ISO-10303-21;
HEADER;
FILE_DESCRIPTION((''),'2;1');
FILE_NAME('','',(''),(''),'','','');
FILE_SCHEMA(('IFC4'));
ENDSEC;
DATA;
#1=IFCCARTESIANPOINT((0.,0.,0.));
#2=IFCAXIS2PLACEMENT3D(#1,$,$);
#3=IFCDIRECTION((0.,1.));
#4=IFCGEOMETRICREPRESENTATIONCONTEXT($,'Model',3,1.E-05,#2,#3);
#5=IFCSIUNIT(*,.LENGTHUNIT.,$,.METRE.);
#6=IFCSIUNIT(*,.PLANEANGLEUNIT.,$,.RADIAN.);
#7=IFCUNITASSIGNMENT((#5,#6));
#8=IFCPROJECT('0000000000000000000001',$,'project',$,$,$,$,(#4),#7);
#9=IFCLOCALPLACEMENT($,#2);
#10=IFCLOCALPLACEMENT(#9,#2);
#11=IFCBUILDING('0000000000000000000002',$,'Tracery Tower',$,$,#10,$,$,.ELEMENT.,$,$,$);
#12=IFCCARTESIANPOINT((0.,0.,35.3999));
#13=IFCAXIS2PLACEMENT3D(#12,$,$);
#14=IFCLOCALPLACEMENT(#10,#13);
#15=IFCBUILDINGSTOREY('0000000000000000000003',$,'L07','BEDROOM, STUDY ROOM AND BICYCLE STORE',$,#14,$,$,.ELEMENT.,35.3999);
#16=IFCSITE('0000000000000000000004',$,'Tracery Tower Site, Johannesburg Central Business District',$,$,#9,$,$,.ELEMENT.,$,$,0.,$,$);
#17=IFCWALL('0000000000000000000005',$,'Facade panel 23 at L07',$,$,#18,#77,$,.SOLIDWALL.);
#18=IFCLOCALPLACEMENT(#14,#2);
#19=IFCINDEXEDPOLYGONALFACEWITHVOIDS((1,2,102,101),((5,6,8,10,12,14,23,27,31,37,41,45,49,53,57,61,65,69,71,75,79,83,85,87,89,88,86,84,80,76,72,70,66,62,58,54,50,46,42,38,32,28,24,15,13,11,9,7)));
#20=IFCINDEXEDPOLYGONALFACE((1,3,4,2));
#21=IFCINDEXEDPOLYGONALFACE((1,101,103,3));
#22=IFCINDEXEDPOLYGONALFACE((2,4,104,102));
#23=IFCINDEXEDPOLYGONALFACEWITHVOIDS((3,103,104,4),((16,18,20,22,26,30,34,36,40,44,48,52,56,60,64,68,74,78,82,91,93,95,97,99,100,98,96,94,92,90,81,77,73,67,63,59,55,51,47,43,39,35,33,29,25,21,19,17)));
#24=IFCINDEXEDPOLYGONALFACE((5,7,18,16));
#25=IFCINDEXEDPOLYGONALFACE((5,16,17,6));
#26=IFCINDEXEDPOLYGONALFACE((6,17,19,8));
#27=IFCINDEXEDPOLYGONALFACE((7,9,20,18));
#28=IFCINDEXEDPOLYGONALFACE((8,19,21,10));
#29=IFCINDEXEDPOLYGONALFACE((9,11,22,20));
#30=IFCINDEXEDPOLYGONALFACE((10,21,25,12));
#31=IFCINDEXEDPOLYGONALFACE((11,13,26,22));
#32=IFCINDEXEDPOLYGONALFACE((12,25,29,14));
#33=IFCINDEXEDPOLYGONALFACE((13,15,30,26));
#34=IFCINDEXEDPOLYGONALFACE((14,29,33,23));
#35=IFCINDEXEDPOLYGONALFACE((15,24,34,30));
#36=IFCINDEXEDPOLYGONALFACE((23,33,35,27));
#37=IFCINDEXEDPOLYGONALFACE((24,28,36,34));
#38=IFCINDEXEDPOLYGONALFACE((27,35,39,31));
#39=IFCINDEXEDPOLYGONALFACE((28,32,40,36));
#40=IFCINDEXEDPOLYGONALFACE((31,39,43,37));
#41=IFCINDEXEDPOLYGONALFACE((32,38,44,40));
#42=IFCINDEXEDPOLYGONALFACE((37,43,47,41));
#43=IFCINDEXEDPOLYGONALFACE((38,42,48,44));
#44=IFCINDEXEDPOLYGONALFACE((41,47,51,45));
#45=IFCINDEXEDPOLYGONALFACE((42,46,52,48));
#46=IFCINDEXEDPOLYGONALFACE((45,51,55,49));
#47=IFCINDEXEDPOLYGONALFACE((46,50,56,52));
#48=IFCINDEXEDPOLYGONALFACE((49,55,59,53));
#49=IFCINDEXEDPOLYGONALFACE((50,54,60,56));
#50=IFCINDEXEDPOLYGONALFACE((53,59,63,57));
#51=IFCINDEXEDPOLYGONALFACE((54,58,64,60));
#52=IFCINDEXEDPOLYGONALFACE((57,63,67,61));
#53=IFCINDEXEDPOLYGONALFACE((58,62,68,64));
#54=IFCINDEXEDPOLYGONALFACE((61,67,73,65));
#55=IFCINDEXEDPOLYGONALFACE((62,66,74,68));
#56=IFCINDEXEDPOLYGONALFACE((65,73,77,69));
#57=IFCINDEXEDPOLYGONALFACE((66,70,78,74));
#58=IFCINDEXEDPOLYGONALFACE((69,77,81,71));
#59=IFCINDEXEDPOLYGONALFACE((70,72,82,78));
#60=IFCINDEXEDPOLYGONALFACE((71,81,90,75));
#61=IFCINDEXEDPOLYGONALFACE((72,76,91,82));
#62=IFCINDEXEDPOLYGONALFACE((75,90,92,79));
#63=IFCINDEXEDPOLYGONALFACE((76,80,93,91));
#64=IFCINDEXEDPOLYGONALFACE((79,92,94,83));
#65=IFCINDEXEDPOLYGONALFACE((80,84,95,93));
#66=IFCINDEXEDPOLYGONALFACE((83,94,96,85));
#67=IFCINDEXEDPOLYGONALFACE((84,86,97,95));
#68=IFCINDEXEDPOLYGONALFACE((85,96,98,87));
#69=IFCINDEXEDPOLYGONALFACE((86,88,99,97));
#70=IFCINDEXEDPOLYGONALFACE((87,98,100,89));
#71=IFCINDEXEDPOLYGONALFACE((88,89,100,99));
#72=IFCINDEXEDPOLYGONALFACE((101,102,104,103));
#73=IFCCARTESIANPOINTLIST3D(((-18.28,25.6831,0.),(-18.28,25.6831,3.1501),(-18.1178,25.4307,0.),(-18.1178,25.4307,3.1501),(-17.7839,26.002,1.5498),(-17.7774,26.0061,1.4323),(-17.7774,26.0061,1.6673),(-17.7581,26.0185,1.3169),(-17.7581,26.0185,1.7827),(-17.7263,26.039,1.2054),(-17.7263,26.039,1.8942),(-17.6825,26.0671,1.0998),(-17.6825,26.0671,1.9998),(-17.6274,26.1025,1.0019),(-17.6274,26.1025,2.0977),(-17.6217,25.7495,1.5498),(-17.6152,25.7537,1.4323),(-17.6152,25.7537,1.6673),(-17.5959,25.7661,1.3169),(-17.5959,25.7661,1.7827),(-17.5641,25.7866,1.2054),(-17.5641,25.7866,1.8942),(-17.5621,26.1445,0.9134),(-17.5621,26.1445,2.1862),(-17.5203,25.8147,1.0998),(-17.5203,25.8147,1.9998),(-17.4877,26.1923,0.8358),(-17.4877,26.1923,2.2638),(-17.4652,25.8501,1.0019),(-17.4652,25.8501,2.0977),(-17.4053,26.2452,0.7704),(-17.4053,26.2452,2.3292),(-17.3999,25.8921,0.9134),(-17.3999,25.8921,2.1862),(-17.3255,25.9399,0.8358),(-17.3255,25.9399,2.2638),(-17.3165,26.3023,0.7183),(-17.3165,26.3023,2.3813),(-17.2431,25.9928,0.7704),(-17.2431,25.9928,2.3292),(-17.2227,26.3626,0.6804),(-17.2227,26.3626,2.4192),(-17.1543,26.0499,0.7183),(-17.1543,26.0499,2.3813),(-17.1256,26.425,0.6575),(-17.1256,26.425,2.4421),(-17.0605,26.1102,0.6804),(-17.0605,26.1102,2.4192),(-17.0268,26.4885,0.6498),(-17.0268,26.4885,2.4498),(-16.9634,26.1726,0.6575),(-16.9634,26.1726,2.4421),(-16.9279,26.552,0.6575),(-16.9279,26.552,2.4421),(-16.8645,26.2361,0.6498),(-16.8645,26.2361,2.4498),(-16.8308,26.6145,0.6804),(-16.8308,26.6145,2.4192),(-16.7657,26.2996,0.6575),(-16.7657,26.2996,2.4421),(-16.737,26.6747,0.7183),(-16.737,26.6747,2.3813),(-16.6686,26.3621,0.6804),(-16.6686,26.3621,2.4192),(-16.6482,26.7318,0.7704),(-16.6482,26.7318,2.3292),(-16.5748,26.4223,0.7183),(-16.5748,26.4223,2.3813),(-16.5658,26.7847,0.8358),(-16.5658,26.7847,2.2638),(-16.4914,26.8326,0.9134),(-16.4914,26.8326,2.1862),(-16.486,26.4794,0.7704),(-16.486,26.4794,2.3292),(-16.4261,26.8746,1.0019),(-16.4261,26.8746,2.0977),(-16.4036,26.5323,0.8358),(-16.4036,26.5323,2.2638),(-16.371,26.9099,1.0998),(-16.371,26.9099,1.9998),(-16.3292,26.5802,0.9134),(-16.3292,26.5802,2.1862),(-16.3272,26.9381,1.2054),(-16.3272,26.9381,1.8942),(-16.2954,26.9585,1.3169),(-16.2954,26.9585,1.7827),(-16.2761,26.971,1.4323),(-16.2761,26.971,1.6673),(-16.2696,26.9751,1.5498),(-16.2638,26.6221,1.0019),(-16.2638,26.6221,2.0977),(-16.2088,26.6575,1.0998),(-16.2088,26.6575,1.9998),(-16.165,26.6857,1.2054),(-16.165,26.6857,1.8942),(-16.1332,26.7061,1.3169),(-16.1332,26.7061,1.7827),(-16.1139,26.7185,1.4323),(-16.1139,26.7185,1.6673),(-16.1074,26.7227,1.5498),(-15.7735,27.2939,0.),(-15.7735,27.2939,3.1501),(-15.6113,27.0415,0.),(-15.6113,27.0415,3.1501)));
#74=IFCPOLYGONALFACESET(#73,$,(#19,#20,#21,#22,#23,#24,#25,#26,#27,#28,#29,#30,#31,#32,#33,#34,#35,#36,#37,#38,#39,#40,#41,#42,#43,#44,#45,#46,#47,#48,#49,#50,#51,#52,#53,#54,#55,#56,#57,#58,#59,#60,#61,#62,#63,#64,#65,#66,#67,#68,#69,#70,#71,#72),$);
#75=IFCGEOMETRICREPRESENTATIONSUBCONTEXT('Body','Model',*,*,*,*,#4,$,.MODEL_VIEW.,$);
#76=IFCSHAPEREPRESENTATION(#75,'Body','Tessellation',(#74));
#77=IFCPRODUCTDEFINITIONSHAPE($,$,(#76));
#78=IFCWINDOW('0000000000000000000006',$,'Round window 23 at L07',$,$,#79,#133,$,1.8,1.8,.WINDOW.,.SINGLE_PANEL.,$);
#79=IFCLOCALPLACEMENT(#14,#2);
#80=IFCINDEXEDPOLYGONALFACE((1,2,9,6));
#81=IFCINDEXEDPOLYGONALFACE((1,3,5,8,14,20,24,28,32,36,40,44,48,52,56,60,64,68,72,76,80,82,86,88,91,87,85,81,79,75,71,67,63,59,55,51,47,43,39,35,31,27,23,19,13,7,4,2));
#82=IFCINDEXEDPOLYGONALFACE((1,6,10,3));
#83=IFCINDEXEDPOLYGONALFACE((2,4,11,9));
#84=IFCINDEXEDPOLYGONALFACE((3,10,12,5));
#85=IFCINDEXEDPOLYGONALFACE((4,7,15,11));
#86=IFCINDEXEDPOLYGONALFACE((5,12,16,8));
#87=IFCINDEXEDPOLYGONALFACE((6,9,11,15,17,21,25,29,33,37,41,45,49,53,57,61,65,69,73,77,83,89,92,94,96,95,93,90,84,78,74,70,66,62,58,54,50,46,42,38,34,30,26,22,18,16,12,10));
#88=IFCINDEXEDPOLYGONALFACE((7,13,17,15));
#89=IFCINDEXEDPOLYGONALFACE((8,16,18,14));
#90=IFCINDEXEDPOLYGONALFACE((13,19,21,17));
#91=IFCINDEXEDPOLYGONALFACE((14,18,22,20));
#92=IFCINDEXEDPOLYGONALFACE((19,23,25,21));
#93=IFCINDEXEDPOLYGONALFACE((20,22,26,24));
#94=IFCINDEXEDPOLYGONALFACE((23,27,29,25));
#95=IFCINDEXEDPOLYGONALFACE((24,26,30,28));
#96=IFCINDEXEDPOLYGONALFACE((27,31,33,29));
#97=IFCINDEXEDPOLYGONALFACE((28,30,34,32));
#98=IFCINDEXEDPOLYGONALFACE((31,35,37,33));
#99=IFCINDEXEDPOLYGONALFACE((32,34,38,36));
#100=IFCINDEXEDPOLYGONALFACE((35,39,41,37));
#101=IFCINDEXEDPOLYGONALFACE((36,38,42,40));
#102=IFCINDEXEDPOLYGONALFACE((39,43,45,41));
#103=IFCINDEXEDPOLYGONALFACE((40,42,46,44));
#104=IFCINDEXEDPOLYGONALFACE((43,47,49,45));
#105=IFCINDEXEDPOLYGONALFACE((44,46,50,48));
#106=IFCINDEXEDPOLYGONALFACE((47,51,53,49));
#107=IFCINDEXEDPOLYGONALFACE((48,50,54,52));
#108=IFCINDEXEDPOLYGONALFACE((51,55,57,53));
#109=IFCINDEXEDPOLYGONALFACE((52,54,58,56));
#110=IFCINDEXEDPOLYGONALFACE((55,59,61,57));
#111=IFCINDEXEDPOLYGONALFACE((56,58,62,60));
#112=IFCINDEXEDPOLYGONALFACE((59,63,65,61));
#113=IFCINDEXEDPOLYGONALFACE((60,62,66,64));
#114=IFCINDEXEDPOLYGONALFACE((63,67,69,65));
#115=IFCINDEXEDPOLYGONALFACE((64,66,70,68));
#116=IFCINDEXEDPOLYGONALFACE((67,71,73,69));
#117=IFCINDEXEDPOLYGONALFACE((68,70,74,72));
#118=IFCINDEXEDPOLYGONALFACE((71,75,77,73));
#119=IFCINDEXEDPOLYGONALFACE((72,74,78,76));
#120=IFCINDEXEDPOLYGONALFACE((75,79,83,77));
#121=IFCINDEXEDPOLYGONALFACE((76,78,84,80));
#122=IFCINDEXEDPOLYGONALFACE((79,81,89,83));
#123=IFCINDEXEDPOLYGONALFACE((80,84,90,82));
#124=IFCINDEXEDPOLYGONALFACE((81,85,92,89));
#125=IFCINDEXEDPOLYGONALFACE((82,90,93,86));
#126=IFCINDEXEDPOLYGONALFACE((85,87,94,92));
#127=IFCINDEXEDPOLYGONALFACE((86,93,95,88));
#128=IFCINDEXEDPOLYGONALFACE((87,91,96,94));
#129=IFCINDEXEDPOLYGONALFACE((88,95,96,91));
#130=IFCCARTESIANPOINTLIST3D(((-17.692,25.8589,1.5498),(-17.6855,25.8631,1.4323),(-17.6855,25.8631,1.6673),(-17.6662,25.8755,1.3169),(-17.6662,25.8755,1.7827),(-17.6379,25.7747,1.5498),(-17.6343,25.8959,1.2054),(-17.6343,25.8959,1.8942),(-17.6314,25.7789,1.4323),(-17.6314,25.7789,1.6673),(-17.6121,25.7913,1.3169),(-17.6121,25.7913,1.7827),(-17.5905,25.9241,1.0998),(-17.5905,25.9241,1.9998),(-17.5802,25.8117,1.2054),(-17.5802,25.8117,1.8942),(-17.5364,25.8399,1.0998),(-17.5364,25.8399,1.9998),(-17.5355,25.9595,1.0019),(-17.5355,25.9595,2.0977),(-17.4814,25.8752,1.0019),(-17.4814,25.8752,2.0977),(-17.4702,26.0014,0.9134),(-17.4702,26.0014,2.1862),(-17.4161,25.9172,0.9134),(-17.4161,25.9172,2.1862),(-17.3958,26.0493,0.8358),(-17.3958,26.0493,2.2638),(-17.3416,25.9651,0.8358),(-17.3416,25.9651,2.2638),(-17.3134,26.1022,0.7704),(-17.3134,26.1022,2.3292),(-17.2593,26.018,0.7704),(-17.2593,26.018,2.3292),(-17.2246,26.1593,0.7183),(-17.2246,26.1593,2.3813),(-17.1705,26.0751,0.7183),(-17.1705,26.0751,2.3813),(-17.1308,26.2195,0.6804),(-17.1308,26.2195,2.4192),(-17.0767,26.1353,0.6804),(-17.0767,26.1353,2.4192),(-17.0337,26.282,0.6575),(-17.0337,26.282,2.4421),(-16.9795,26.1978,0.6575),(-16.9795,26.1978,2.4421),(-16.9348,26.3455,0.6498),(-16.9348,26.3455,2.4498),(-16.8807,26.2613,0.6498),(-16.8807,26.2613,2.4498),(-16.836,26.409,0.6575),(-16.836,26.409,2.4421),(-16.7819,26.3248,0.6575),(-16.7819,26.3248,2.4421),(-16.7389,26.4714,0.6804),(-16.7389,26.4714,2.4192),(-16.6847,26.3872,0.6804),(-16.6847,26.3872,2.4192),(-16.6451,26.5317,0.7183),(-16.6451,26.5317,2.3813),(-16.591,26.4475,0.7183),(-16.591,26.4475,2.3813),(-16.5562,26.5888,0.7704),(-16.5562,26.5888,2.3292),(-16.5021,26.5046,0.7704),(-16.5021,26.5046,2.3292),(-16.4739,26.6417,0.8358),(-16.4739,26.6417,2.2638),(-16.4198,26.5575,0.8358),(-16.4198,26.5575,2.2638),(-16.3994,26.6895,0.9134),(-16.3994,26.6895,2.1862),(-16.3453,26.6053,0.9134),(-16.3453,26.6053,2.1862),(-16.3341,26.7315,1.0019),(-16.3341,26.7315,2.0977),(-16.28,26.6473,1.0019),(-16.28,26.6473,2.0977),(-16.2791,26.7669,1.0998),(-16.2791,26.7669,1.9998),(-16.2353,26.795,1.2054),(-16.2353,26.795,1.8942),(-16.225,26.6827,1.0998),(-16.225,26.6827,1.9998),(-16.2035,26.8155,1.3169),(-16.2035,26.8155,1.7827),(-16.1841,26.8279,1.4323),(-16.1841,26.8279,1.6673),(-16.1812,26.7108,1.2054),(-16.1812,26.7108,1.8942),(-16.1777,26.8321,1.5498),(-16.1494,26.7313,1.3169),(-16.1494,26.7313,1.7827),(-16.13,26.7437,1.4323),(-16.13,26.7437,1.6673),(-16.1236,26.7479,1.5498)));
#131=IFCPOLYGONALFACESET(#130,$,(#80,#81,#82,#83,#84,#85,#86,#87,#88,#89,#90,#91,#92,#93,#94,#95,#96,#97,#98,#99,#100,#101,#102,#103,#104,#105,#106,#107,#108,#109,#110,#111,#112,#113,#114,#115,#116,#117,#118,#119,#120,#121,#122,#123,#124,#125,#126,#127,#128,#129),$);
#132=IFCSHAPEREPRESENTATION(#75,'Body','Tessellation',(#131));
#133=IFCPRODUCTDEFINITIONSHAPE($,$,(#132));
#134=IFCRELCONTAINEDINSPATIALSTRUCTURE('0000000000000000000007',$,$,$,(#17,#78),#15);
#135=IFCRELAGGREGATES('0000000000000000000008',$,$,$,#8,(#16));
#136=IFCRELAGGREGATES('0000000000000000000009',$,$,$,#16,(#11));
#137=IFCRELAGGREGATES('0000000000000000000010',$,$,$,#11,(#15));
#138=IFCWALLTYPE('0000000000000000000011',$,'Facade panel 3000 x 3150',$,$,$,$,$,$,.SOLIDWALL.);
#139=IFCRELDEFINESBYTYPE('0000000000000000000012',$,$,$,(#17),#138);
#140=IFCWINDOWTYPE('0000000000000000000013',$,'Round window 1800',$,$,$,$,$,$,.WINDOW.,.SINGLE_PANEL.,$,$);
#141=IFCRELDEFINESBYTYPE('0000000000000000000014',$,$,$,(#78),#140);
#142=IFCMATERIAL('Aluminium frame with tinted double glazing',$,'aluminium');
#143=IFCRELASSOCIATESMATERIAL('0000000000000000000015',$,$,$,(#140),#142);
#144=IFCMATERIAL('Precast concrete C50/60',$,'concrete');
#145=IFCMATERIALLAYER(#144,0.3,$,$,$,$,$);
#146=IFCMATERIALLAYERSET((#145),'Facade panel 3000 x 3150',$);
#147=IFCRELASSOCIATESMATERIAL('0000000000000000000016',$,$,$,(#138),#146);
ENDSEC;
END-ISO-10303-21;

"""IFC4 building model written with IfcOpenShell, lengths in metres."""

from ifc_helpers import new_model, si_unit, direction, frame, frame_2d, origin, origin_2d, place, context, subcontext, project, spatial, rectangle, circle, extrude, material, layer, layer_set, type_object, element, fill, save


model = new_model("IFC4")

# Units and contexts
model_context = context("Model", 3, precision=1e-05, world=origin(), true_north=direction((0.0, 1.0)))
body_context = subcontext(model_context, "Body", "Model", "MODEL_VIEW")
ifc_project = project(units=[si_unit("LENGTHUNIT", "METRE"), si_unit("PLANEANGLEUNIT", "RADIAN")], contexts=[model_context])

# Site, building, storey
site_placement = place(None, origin())
site = spatial("IfcSite", under=ifc_project, at=site_placement, Name="Tracery Tower Site, Johannesburg Central Business District", CompositionType="ELEMENT", RefElevation=0.0)
building_placement = place(site_placement, origin())
building = spatial("IfcBuilding", under=site, at=building_placement, Name="Tracery Tower", CompositionType="ELEMENT")
storey_placement = place(building_placement, frame((0.0, 0.0, 35.3999)))
storey = spatial("IfcBuildingStorey", under=building, at=storey_placement, Name="L07", Description="BEDROOM, STUDY ROOM AND BICYCLE STORE", CompositionType="ELEMENT", Elevation=35.3999)

# Wall, opening, window
ifc_material_1 = material(Name="Aluminium frame with tinted double glazing", Category="aluminium")
window_type = type_object("IfcWindowType", Name="Round window 1800", PartitioningType="SINGLE_PANEL", PredefinedType="WINDOW", material=ifc_material_1)
ifc_material_2 = material(Name="Precast concrete C50/60", Category="concrete")
ifc_layer_1 = layer(ifc_material_2, 0.3)
ifc_layer_set_1 = layer_set([ifc_layer_1], Name="Facade panel 3000 x 3150")
wall_type_1 = type_object("IfcWallType", Name="Facade panel 3000 x 3150", PredefinedType="SOLIDWALL", material=ifc_layer_set_1)
wall_1_placement = place(storey_placement, frame((-15.6924, 27.1677, 0.0), z_axis=(0.0, 0.0, 1.0), x_axis=(-0.841261, -0.540629, 0.0)))
wall_1 = element("IfcWall", 1, at=wall_1_placement, inside=storey, type_object=wall_type_1, Name="Facade panel 23 at L07", PredefinedType="SOLIDWALL", context=body_context, shape_type="SweptSolid", body=[
    extrude(rectangle(XDim=2.9795, YDim=0.3, at=frame_2d((1.4897, 0.0))), origin(), (0.0, 0.0, 1.0), 3.1501),
])
opening_1_placement = place(wall_1_placement, frame((1.4897, 0.0, 1.5498)))
opening_1 = element("IfcOpeningElement", 2, at=opening_1_placement, cuts=wall_1, PredefinedType="OPENING", context=body_context, shape_type="SweptSolid", body=[
    extrude(circle(Radius=0.9, at=origin_2d()), frame((0.0, 0.1599, 0.0), z_axis=(0.0, -1.0, 0.0), x_axis=(1.0, 0.0, 0.0)), (0.0, 0.0, 1.0), 0.3201),
])
window_1_placement = place(opening_1_placement, origin())
window_1 = element("IfcWindow", 3, at=window_1_placement, inside=storey, type_object=window_type, Name="Round window 23 at L07", OverallHeight=1.8, OverallWidth=1.8, PartitioningType="SINGLE_PANEL", PredefinedType="WINDOW", context=body_context, shape_type="SweptSolid", body=[
    extrude(circle(Radius=0.9, at=origin_2d()), frame((0.0, 0.1201, 0.0), z_axis=(0.0, -1.0, 0.0), x_axis=(1.0, 0.0, 0.0)), (0.0, 0.0, 1.0), 0.1001),
])
fill(opening_1, window_1)

save(model, "model.ifc")
